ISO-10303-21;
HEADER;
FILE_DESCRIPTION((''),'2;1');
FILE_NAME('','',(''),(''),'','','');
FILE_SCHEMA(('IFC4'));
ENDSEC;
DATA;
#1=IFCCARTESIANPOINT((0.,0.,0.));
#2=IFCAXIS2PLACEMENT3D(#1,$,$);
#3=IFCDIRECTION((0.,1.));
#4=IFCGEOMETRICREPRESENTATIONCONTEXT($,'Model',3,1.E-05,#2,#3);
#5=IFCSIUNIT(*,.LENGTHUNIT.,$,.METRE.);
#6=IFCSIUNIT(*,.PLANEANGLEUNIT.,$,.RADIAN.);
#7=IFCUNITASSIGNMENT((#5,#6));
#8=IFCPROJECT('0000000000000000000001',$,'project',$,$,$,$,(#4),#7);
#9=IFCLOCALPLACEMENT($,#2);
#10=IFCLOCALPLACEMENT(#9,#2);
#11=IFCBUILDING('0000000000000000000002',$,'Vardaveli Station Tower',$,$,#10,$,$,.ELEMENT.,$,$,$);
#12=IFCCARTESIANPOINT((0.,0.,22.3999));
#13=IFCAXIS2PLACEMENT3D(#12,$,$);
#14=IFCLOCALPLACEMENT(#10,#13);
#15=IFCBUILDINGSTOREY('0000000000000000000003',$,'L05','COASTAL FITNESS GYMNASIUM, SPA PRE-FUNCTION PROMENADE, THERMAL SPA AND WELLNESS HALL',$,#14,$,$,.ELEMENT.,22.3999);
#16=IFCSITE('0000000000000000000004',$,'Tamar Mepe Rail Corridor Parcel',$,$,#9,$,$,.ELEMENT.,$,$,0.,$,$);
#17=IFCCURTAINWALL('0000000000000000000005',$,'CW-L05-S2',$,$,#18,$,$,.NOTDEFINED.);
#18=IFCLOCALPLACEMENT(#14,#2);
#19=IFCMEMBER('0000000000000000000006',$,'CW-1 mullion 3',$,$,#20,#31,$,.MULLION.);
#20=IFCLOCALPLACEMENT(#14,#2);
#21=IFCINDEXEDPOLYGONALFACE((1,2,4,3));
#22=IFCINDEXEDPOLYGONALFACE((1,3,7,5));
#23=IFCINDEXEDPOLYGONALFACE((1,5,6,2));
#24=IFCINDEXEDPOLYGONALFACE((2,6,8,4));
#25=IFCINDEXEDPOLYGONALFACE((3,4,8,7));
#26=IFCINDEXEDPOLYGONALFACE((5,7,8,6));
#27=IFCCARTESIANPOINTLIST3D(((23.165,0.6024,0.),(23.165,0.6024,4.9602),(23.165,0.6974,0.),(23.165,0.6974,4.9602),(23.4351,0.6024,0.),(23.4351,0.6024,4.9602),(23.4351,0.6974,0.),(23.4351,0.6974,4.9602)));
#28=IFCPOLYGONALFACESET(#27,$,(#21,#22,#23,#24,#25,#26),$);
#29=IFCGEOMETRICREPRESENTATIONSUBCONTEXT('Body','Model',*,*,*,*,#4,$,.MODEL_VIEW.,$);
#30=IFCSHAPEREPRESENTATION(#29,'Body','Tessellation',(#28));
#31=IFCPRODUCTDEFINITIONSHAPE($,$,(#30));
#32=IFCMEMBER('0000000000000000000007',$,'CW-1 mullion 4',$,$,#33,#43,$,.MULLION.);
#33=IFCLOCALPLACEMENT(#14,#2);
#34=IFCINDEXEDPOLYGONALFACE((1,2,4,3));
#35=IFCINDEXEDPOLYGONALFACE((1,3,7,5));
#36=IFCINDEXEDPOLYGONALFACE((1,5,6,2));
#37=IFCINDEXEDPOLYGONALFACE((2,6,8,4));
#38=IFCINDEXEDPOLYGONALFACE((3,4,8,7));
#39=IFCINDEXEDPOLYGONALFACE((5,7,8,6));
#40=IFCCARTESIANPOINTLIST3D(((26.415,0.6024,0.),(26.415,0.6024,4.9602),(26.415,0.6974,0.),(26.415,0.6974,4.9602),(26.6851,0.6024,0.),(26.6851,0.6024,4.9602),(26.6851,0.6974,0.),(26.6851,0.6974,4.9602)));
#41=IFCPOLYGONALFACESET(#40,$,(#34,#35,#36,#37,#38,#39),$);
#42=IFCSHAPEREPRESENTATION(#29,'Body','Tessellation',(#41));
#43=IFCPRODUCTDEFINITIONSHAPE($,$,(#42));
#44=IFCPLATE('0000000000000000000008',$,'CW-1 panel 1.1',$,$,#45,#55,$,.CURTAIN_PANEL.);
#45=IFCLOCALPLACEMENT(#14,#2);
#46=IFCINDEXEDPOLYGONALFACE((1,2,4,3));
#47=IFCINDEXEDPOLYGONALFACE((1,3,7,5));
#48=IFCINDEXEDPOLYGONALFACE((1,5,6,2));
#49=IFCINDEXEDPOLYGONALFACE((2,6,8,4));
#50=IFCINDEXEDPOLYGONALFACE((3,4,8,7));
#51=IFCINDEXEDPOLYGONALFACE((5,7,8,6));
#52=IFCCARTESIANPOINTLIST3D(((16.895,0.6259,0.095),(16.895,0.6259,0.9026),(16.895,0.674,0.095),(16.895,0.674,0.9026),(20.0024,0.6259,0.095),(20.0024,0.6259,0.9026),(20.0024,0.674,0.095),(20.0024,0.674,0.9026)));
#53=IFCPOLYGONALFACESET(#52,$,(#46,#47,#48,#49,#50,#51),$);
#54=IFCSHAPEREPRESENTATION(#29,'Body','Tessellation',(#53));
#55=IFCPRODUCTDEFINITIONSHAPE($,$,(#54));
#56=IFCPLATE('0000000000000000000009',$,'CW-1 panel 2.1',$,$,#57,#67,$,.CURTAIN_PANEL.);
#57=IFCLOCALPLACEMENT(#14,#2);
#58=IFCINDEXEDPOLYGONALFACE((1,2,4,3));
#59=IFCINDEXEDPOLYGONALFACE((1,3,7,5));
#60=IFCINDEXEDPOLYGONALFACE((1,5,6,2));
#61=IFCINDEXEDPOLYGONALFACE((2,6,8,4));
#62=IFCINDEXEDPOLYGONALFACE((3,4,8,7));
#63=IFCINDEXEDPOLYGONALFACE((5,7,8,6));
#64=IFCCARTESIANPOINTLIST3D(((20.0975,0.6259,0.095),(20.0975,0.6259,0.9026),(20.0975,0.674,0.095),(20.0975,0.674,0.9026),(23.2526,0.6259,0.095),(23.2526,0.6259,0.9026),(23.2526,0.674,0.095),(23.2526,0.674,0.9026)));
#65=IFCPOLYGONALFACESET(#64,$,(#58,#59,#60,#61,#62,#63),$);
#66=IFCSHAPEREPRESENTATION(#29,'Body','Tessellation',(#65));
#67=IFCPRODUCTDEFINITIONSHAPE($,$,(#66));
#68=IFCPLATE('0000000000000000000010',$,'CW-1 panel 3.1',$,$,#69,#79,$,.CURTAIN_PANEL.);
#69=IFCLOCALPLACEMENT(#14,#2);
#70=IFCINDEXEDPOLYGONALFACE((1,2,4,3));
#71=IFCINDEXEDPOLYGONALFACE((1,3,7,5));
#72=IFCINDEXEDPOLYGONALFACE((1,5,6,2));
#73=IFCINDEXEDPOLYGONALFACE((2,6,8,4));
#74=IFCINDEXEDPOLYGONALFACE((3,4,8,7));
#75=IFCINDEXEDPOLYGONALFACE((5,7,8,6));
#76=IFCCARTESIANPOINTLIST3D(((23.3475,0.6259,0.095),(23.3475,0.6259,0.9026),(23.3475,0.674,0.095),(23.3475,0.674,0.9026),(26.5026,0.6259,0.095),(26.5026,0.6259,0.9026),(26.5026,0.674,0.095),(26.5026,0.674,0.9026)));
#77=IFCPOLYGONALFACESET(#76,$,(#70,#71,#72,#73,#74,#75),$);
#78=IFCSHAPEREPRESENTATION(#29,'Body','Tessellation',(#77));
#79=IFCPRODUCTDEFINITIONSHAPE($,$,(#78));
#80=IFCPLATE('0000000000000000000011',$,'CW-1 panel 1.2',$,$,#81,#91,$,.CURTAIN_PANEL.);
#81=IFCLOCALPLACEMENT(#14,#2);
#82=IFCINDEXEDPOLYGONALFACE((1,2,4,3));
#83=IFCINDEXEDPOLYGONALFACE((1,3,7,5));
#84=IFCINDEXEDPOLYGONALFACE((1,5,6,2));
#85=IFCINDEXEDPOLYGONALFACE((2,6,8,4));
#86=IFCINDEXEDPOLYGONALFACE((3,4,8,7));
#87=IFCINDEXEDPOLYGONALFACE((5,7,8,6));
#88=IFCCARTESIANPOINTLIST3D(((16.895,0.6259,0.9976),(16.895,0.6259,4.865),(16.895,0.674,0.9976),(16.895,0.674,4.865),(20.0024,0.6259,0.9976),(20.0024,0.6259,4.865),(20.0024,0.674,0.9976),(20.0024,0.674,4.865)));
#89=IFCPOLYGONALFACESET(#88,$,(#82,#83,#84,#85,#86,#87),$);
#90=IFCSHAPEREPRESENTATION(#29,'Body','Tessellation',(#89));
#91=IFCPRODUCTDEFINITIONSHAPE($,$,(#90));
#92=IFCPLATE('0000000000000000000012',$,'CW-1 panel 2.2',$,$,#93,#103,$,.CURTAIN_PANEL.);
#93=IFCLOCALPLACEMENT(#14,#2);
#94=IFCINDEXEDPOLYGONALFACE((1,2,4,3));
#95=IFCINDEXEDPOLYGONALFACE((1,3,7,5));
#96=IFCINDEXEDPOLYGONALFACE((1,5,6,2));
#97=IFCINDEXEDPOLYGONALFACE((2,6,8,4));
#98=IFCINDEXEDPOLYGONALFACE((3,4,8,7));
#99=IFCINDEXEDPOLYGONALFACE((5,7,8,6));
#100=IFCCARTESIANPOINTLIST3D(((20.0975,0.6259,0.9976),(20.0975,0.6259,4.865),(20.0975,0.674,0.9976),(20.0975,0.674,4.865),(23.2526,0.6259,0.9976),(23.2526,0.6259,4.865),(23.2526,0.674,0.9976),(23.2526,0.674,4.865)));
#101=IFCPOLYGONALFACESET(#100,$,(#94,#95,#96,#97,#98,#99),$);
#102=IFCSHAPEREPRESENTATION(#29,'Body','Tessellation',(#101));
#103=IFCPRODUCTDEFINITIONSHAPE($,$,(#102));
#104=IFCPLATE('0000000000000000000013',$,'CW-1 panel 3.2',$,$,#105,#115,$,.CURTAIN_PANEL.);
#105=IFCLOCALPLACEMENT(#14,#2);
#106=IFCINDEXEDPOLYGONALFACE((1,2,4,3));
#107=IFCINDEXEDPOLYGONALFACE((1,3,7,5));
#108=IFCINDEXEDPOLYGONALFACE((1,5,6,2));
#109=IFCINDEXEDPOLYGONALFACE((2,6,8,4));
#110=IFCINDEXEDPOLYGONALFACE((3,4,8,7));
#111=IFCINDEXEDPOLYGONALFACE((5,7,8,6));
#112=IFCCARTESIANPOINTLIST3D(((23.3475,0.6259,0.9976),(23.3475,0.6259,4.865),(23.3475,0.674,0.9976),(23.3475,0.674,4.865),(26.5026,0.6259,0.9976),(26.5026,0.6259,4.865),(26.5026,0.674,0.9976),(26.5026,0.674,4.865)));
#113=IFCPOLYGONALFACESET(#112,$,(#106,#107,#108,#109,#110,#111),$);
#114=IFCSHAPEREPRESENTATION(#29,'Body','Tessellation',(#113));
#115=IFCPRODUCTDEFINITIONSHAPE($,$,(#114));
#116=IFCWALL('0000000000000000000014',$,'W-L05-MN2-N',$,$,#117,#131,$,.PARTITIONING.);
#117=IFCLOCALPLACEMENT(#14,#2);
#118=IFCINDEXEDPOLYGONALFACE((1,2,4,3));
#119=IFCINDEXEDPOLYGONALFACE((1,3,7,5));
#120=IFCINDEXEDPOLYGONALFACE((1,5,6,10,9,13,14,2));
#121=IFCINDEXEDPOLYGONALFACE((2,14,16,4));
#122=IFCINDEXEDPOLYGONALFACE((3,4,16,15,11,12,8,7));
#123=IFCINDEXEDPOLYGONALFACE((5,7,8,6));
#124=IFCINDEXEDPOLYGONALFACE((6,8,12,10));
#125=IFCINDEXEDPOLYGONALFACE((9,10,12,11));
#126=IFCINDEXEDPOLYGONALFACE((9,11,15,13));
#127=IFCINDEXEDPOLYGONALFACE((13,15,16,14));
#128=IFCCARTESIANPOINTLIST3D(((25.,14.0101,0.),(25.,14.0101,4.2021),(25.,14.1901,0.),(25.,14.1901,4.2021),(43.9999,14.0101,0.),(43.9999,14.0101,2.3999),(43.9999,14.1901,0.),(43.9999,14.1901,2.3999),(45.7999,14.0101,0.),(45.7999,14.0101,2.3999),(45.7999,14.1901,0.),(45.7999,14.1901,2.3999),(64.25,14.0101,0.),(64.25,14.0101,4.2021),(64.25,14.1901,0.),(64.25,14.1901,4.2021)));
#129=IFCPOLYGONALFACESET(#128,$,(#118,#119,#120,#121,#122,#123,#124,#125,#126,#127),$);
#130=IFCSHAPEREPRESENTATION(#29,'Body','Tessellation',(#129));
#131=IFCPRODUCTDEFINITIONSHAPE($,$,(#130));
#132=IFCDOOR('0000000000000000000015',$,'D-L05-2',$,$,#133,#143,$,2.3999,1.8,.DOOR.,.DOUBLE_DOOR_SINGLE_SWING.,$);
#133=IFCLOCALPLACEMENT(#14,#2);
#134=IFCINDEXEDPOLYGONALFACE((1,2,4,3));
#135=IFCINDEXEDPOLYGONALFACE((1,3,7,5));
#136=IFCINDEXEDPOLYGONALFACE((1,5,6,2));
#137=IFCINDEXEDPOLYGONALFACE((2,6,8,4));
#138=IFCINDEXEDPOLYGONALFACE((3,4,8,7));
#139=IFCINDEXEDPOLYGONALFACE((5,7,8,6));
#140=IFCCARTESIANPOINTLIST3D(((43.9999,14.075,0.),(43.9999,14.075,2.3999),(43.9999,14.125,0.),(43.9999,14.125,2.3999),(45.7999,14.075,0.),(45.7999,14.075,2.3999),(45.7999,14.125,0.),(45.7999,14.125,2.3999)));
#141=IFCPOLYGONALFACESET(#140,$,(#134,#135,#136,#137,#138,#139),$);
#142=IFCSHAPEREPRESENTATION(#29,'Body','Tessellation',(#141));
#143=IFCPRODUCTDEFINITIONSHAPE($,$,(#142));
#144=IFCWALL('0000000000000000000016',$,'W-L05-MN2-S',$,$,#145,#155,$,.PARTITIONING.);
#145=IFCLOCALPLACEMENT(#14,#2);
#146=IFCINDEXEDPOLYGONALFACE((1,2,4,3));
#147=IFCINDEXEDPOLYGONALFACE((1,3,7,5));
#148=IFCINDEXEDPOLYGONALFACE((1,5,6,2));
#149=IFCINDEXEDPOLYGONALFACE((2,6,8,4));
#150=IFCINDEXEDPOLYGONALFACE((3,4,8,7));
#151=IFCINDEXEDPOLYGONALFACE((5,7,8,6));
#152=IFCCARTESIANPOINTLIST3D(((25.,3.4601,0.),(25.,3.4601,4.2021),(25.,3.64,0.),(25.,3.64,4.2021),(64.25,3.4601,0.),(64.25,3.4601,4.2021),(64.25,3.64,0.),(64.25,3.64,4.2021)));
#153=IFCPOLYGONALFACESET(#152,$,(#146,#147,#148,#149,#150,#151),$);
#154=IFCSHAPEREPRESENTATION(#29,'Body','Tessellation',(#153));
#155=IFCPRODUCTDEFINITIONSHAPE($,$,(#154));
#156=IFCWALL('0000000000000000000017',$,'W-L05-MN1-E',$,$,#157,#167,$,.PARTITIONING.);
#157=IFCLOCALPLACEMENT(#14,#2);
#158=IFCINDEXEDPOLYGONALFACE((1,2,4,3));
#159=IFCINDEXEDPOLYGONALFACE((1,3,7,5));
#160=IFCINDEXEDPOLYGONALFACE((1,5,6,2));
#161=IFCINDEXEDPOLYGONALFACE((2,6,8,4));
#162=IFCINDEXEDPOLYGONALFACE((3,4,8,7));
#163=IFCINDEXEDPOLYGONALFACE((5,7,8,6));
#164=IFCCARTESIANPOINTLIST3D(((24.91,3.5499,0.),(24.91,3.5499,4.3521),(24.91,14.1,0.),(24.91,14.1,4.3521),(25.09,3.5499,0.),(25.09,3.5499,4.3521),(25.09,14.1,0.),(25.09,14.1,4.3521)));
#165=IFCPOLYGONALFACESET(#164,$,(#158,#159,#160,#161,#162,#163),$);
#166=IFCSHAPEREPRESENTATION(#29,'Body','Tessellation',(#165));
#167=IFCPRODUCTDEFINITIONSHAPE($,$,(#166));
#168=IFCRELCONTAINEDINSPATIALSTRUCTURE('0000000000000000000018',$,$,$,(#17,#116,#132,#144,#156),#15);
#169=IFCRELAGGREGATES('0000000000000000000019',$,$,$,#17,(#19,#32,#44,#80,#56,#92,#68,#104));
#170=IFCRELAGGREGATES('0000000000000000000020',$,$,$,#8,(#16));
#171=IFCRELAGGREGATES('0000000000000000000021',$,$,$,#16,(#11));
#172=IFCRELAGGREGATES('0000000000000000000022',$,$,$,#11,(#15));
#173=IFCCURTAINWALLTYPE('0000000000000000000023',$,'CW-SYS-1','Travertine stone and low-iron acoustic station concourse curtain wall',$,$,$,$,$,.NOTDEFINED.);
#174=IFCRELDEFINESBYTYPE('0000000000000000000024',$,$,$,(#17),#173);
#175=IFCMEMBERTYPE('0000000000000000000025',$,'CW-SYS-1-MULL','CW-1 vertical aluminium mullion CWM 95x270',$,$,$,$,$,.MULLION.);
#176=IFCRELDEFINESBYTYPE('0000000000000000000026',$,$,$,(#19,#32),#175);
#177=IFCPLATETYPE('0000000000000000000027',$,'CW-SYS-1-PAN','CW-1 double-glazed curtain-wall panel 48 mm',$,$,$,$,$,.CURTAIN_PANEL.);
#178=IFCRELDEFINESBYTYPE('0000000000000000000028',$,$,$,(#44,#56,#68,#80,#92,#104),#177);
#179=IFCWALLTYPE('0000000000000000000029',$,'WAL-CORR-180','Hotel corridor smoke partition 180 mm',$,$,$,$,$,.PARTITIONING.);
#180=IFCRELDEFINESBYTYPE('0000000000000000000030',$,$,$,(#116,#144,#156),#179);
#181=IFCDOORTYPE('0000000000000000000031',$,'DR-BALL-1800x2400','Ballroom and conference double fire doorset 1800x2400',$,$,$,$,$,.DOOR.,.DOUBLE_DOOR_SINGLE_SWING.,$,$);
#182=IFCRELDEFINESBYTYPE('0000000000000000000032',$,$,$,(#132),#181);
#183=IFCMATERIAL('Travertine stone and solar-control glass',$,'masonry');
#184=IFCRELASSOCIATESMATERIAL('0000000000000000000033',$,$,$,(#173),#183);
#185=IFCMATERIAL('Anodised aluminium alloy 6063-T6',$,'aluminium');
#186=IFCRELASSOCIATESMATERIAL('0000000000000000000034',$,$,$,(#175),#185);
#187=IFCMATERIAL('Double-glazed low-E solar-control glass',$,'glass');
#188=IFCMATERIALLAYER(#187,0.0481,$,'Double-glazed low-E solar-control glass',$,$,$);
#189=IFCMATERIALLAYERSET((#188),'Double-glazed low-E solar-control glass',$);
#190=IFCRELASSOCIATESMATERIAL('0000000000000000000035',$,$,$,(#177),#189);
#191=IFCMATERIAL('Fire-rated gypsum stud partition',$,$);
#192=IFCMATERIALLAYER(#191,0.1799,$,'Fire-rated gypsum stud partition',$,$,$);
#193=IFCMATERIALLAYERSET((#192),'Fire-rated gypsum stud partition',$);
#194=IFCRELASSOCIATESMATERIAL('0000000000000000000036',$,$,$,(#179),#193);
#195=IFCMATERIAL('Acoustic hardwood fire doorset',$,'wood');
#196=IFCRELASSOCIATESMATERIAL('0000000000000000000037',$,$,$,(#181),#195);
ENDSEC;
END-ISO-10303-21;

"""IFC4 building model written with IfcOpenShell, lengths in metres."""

from ifc_helpers import new_model, si_unit, direction, frame, frame_2d, origin, origin_2d, place, context, subcontext, project, spatial, rectangle, extrude, source, transform, mapped, material, layer, layer_set, material_profile, profile_set, type_object, element, fill, aggregate, save


model = new_model("IFC4")

# Units and contexts
model_context = context("Model", 3, precision=1e-05, world=origin(), true_north=direction((0.0, 1.0)))
body_context = subcontext(model_context, "Body", "Model", "MODEL_VIEW")
ifc_project = project(units=[si_unit("LENGTHUNIT", "METRE"), si_unit("PLANEANGLEUNIT", "RADIAN")], contexts=[model_context])

# Site, building, storey
site_placement = place(None, origin())
site = spatial("IfcSite", under=ifc_project, at=site_placement, Name="Tamar Mepe Rail Corridor Parcel", CompositionType="ELEMENT", RefElevation=0.0)
building_placement = place(site_placement, origin())
building = spatial("IfcBuilding", under=site, at=building_placement, Name="Vardaveli Station Tower", CompositionType="ELEMENT")
storey_placement = place(building_placement, frame((0.0, 0.0, 22.3999)))
storey = spatial("IfcBuildingStorey", under=building, at=storey_placement, Name="L05", Description="COASTAL FITNESS GYMNASIUM, SPA PRE-FUNCTION PROMENADE, THERMAL SPA AND WELLNESS HALL", CompositionType="ELEMENT", Elevation=22.3999)

# Curtain wall, members, plates
ifc_material_1 = material(Name="Travertine stone and solar-control glass", Category="masonry")
curtain_wall_type = type_object("IfcCurtainWallType", Name="CW-SYS-1", Description="Travertine stone and low-iron acoustic station concourse curtain wall", PredefinedType="NOTDEFINED", material=ifc_material_1)
curtain_wall_placement = place(storey_placement, origin())
curtain_wall = element("IfcCurtainWall", 1, at=curtain_wall_placement, inside=storey, type_object=curtain_wall_type, Name="CW-L05-S2", PredefinedType="NOTDEFINED")
ifc_material_2 = material(Name="Anodised aluminium alloy 6063-T6", Category="aluminium")
ifc_material_profile_1 = material_profile(ifc_material_2, rectangle(XDim=0.095, YDim=0.27, at=origin_2d()), Name="CWM 95x270")
ifc_profile_set_1 = profile_set([ifc_material_profile_1], Name="Anodised aluminium alloy 6063-T6")
member_type_1 = type_object("IfcMemberType", Name="CW-SYS-1-MULL", Description="CW-1 vertical aluminium mullion CWM 95x270", PredefinedType="MULLION", material=ifc_profile_set_1)
shared_shape_1 = source(origin(), body_context, "Body", "SweptSolid", [
    extrude(rectangle(XDim=0.095, YDim=0.27, at=origin_2d()), origin(), (0.0, 0.0, 1.0), 4.9602),
])
member_1_placement = place(storey_placement, frame((23.3, 0.6499, 0.0), z_axis=(0.0, 0.0, 1.0), x_axis=(0.0, 1.0, 0.0)))
member_1 = element("IfcMember", 2, at=member_1_placement, type_object=member_type_1, Name="CW-1 mullion 3", PredefinedType="MULLION", context=body_context, shape_type="MappedRepresentation", body=[
    mapped(shared_shape_1, transform((0.0, 0.0, 0.0), scale=1.0)),
])
member_2_placement = place(storey_placement, frame((26.55, 0.6499, 0.0), z_axis=(0.0, 0.0, 1.0), x_axis=(0.0, 1.0, 0.0)))
member_2 = element("IfcMember", 3, at=member_2_placement, type_object=member_type_1, Name="CW-1 mullion 4", PredefinedType="MULLION", context=body_context, shape_type="MappedRepresentation", body=[
    mapped(shared_shape_1, transform((0.0, 0.0, 0.0), scale=1.0)),
])
ifc_material_3 = material(Name="Double-glazed low-E solar-control glass", Category="glass")
ifc_layer_1 = layer(ifc_material_3, 0.0481, Name="Double-glazed low-E solar-control glass")
ifc_layer_set_1 = layer_set([ifc_layer_1], Name="Double-glazed low-E solar-control glass")
plate_type = type_object("IfcPlateType", Name="CW-SYS-1-PAN", Description="CW-1 double-glazed curtain-wall panel 48 mm", PredefinedType="CURTAIN_PANEL", material=ifc_layer_set_1)
shared_shape_2 = source(origin(), body_context, "Body", "SweptSolid", [
    extrude(rectangle(XDim=3.1074, YDim=0.0481, at=origin_2d()), origin(), (0.0, 0.0, 1.0), 0.8076),
])
plate_1_placement = place(storey_placement, frame((18.4487, 0.6499, 0.095), z_axis=(0.0, 0.0, 1.0), x_axis=(1.0, 0.0, 0.0)))
plate_1 = element("IfcPlate", 4, at=plate_1_placement, type_object=plate_type, Name="CW-1 panel 1.1", PredefinedType="CURTAIN_PANEL", context=body_context, shape_type="MappedRepresentation", body=[
    mapped(shared_shape_2, transform((0.0, 0.0, 0.0), scale=1.0)),
])
shared_shape_3 = source(origin(), body_context, "Body", "SweptSolid", [
    extrude(rectangle(XDim=3.155, YDim=0.0481, at=origin_2d()), origin(), (0.0, 0.0, 1.0), 0.8076),
])
plate_2_placement = place(storey_placement, frame((21.675, 0.6499, 0.095), z_axis=(0.0, 0.0, 1.0), x_axis=(1.0, 0.0, 0.0)))
plate_2 = element("IfcPlate", 5, at=plate_2_placement, type_object=plate_type, Name="CW-1 panel 2.1", PredefinedType="CURTAIN_PANEL", context=body_context, shape_type="MappedRepresentation", body=[
    mapped(shared_shape_3, transform((0.0, 0.0, 0.0), scale=1.0)),
])
plate_3_placement = place(storey_placement, frame((24.925, 0.6499, 0.095), z_axis=(0.0, 0.0, 1.0), x_axis=(1.0, 0.0, 0.0)))
plate_3 = element("IfcPlate", 6, at=plate_3_placement, type_object=plate_type, Name="CW-1 panel 3.1", PredefinedType="CURTAIN_PANEL", context=body_context, shape_type="MappedRepresentation", body=[
    mapped(shared_shape_3, transform((0.0, 0.0, 0.0), scale=1.0)),
])
shared_shape_4 = source(origin(), body_context, "Body", "SweptSolid", [
    extrude(rectangle(XDim=3.1074, YDim=0.0481, at=origin_2d()), origin(), (0.0, 0.0, 1.0), 3.8674),
])
plate_4_placement = place(storey_placement, frame((18.4487, 0.6499, 0.9976), z_axis=(0.0, 0.0, 1.0), x_axis=(1.0, 0.0, 0.0)))
plate_4 = element("IfcPlate", 7, at=plate_4_placement, type_object=plate_type, Name="CW-1 panel 1.2", PredefinedType="CURTAIN_PANEL", context=body_context, shape_type="MappedRepresentation", body=[
    mapped(shared_shape_4, transform((0.0, 0.0, 0.0), scale=1.0)),
])
shared_shape_5 = source(origin(), body_context, "Body", "SweptSolid", [
    extrude(rectangle(XDim=3.155, YDim=0.0481, at=origin_2d()), origin(), (0.0, 0.0, 1.0), 3.8674),
])
plate_5_placement = place(storey_placement, frame((21.675, 0.6499, 0.9976), z_axis=(0.0, 0.0, 1.0), x_axis=(1.0, 0.0, 0.0)))
plate_5 = element("IfcPlate", 8, at=plate_5_placement, type_object=plate_type, Name="CW-1 panel 2.2", PredefinedType="CURTAIN_PANEL", context=body_context, shape_type="MappedRepresentation", body=[
    mapped(shared_shape_5, transform((0.0, 0.0, 0.0), scale=1.0)),
])
plate_6_placement = place(storey_placement, frame((24.925, 0.6499, 0.9976), z_axis=(0.0, 0.0, 1.0), x_axis=(1.0, 0.0, 0.0)))
plate_6 = element("IfcPlate", 9, at=plate_6_placement, type_object=plate_type, Name="CW-1 panel 3.2", PredefinedType="CURTAIN_PANEL", context=body_context, shape_type="MappedRepresentation", body=[
    mapped(shared_shape_5, transform((0.0, 0.0, 0.0), scale=1.0)),
])
aggregate(curtain_wall, [member_1, member_2, plate_1, plate_4, plate_2, plate_5, plate_3, plate_6])

# Wall, opening, door
ifc_material_4 = material(Name="Fire-rated gypsum stud partition")
ifc_layer_2 = layer(ifc_material_4, 0.1799, Name="Fire-rated gypsum stud partition")
ifc_layer_set_2 = layer_set([ifc_layer_2], Name="Fire-rated gypsum stud partition")
wall_type = type_object("IfcWallType", Name="WAL-CORR-180", Description="Hotel corridor smoke partition 180 mm", PredefinedType="PARTITIONING", material=ifc_layer_set_2)
shared_shape_6 = source(origin(), body_context, "Body", "SweptSolid", [
    extrude(rectangle(XDim=39.25, YDim=0.1799, at=frame_2d((19.625, 0.0))), origin(), (0.0, 0.0, 1.0), 4.2021),
])
wall_1_placement = place(storey_placement, frame((25.0, 14.1001, 0.0), z_axis=(0.0, 0.0, 1.0), x_axis=(1.0, 0.0, 0.0)))
wall_1 = element("IfcWall", 10, at=wall_1_placement, inside=storey, type_object=wall_type, Name="W-L05-MN2-N", PredefinedType="PARTITIONING", context=body_context, shape_type="MappedRepresentation", body=[
    mapped(shared_shape_6, transform((0.0, 0.0, 0.0), scale=1.0)),
])
shared_shape_7 = source(origin(), body_context, "Body", "SweptSolid", [
    extrude(rectangle(XDim=1.8, YDim=2.3999, at=frame_2d((0.8999, 1.2))), frame((0.0, 0.1001, 0.0), z_axis=(0.0, -1.0, 0.0), x_axis=(1.0, 0.0, 0.0)), (0.0, 0.0, 1.0), 0.2),
])
opening_placement = place(wall_1_placement, frame((19.0, 0.0, 0.0)))
opening = element("IfcOpeningElement", 11, at=opening_placement, cuts=wall_1, PredefinedType="OPENING", context=body_context, shape_type="MappedRepresentation", body=[
    mapped(shared_shape_7, transform((0.0, 0.0, 0.0), scale=1.0)),
])
ifc_material_5 = material(Name="Acoustic hardwood fire doorset", Category="wood")
door_type = type_object("IfcDoorType", Name="DR-BALL-1800x2400", Description="Ballroom and conference double fire doorset 1800x2400", OperationType="DOUBLE_DOOR_SINGLE_SWING", PredefinedType="DOOR", material=ifc_material_5)
shared_shape_8 = source(origin(), body_context, "Body", "SweptSolid", [
    extrude(rectangle(XDim=1.8, YDim=2.3999, at=frame_2d((0.8999, 1.2))), frame((0.0, 0.0249, 0.0), z_axis=(0.0, -1.0, 0.0), x_axis=(1.0, 0.0, 0.0)), (0.0, 0.0, 1.0), 0.05),
])
door_placement = place(opening_placement, origin())
door = element("IfcDoor", 12, at=door_placement, inside=storey, type_object=door_type, Name="D-L05-2", OperationType="DOUBLE_DOOR_SINGLE_SWING", OverallHeight=2.3999, OverallWidth=1.8, PredefinedType="DOOR", context=body_context, shape_type="MappedRepresentation", body=[
    mapped(shared_shape_8, transform((0.0, 0.0, 0.0), scale=1.0)),
])
fill(opening, door)

# Walls
wall_2_placement = place(storey_placement, frame((25.0, 3.55, 0.0), z_axis=(0.0, 0.0, 1.0), x_axis=(1.0, 0.0, 0.0)))
element("IfcWall", 13, at=wall_2_placement, inside=storey, type_object=wall_type, Name="W-L05-MN2-S", PredefinedType="PARTITIONING", context=body_context, shape_type="MappedRepresentation", body=[
    mapped(shared_shape_6, transform((0.0, 0.0, 0.0), scale=1.0)),
])
shared_shape_9 = source(origin(), body_context, "Body", "SweptSolid", [
    extrude(rectangle(XDim=10.55, YDim=0.1799, at=frame_2d((5.2749, 0.0))), origin(), (0.0, 0.0, 1.0), 4.3521),
])
wall_3_placement = place(storey_placement, frame((25.0, 3.55, 0.0), z_axis=(0.0, 0.0, 1.0), x_axis=(0.0, 1.0, 0.0)))
element("IfcWall", 14, at=wall_3_placement, inside=storey, type_object=wall_type, Name="W-L05-MN1-E", PredefinedType="PARTITIONING", context=body_context, shape_type="MappedRepresentation", body=[
    mapped(shared_shape_9, transform((0.0, 0.0, 0.0), scale=1.0)),
])

save(model, "model.ifc")
